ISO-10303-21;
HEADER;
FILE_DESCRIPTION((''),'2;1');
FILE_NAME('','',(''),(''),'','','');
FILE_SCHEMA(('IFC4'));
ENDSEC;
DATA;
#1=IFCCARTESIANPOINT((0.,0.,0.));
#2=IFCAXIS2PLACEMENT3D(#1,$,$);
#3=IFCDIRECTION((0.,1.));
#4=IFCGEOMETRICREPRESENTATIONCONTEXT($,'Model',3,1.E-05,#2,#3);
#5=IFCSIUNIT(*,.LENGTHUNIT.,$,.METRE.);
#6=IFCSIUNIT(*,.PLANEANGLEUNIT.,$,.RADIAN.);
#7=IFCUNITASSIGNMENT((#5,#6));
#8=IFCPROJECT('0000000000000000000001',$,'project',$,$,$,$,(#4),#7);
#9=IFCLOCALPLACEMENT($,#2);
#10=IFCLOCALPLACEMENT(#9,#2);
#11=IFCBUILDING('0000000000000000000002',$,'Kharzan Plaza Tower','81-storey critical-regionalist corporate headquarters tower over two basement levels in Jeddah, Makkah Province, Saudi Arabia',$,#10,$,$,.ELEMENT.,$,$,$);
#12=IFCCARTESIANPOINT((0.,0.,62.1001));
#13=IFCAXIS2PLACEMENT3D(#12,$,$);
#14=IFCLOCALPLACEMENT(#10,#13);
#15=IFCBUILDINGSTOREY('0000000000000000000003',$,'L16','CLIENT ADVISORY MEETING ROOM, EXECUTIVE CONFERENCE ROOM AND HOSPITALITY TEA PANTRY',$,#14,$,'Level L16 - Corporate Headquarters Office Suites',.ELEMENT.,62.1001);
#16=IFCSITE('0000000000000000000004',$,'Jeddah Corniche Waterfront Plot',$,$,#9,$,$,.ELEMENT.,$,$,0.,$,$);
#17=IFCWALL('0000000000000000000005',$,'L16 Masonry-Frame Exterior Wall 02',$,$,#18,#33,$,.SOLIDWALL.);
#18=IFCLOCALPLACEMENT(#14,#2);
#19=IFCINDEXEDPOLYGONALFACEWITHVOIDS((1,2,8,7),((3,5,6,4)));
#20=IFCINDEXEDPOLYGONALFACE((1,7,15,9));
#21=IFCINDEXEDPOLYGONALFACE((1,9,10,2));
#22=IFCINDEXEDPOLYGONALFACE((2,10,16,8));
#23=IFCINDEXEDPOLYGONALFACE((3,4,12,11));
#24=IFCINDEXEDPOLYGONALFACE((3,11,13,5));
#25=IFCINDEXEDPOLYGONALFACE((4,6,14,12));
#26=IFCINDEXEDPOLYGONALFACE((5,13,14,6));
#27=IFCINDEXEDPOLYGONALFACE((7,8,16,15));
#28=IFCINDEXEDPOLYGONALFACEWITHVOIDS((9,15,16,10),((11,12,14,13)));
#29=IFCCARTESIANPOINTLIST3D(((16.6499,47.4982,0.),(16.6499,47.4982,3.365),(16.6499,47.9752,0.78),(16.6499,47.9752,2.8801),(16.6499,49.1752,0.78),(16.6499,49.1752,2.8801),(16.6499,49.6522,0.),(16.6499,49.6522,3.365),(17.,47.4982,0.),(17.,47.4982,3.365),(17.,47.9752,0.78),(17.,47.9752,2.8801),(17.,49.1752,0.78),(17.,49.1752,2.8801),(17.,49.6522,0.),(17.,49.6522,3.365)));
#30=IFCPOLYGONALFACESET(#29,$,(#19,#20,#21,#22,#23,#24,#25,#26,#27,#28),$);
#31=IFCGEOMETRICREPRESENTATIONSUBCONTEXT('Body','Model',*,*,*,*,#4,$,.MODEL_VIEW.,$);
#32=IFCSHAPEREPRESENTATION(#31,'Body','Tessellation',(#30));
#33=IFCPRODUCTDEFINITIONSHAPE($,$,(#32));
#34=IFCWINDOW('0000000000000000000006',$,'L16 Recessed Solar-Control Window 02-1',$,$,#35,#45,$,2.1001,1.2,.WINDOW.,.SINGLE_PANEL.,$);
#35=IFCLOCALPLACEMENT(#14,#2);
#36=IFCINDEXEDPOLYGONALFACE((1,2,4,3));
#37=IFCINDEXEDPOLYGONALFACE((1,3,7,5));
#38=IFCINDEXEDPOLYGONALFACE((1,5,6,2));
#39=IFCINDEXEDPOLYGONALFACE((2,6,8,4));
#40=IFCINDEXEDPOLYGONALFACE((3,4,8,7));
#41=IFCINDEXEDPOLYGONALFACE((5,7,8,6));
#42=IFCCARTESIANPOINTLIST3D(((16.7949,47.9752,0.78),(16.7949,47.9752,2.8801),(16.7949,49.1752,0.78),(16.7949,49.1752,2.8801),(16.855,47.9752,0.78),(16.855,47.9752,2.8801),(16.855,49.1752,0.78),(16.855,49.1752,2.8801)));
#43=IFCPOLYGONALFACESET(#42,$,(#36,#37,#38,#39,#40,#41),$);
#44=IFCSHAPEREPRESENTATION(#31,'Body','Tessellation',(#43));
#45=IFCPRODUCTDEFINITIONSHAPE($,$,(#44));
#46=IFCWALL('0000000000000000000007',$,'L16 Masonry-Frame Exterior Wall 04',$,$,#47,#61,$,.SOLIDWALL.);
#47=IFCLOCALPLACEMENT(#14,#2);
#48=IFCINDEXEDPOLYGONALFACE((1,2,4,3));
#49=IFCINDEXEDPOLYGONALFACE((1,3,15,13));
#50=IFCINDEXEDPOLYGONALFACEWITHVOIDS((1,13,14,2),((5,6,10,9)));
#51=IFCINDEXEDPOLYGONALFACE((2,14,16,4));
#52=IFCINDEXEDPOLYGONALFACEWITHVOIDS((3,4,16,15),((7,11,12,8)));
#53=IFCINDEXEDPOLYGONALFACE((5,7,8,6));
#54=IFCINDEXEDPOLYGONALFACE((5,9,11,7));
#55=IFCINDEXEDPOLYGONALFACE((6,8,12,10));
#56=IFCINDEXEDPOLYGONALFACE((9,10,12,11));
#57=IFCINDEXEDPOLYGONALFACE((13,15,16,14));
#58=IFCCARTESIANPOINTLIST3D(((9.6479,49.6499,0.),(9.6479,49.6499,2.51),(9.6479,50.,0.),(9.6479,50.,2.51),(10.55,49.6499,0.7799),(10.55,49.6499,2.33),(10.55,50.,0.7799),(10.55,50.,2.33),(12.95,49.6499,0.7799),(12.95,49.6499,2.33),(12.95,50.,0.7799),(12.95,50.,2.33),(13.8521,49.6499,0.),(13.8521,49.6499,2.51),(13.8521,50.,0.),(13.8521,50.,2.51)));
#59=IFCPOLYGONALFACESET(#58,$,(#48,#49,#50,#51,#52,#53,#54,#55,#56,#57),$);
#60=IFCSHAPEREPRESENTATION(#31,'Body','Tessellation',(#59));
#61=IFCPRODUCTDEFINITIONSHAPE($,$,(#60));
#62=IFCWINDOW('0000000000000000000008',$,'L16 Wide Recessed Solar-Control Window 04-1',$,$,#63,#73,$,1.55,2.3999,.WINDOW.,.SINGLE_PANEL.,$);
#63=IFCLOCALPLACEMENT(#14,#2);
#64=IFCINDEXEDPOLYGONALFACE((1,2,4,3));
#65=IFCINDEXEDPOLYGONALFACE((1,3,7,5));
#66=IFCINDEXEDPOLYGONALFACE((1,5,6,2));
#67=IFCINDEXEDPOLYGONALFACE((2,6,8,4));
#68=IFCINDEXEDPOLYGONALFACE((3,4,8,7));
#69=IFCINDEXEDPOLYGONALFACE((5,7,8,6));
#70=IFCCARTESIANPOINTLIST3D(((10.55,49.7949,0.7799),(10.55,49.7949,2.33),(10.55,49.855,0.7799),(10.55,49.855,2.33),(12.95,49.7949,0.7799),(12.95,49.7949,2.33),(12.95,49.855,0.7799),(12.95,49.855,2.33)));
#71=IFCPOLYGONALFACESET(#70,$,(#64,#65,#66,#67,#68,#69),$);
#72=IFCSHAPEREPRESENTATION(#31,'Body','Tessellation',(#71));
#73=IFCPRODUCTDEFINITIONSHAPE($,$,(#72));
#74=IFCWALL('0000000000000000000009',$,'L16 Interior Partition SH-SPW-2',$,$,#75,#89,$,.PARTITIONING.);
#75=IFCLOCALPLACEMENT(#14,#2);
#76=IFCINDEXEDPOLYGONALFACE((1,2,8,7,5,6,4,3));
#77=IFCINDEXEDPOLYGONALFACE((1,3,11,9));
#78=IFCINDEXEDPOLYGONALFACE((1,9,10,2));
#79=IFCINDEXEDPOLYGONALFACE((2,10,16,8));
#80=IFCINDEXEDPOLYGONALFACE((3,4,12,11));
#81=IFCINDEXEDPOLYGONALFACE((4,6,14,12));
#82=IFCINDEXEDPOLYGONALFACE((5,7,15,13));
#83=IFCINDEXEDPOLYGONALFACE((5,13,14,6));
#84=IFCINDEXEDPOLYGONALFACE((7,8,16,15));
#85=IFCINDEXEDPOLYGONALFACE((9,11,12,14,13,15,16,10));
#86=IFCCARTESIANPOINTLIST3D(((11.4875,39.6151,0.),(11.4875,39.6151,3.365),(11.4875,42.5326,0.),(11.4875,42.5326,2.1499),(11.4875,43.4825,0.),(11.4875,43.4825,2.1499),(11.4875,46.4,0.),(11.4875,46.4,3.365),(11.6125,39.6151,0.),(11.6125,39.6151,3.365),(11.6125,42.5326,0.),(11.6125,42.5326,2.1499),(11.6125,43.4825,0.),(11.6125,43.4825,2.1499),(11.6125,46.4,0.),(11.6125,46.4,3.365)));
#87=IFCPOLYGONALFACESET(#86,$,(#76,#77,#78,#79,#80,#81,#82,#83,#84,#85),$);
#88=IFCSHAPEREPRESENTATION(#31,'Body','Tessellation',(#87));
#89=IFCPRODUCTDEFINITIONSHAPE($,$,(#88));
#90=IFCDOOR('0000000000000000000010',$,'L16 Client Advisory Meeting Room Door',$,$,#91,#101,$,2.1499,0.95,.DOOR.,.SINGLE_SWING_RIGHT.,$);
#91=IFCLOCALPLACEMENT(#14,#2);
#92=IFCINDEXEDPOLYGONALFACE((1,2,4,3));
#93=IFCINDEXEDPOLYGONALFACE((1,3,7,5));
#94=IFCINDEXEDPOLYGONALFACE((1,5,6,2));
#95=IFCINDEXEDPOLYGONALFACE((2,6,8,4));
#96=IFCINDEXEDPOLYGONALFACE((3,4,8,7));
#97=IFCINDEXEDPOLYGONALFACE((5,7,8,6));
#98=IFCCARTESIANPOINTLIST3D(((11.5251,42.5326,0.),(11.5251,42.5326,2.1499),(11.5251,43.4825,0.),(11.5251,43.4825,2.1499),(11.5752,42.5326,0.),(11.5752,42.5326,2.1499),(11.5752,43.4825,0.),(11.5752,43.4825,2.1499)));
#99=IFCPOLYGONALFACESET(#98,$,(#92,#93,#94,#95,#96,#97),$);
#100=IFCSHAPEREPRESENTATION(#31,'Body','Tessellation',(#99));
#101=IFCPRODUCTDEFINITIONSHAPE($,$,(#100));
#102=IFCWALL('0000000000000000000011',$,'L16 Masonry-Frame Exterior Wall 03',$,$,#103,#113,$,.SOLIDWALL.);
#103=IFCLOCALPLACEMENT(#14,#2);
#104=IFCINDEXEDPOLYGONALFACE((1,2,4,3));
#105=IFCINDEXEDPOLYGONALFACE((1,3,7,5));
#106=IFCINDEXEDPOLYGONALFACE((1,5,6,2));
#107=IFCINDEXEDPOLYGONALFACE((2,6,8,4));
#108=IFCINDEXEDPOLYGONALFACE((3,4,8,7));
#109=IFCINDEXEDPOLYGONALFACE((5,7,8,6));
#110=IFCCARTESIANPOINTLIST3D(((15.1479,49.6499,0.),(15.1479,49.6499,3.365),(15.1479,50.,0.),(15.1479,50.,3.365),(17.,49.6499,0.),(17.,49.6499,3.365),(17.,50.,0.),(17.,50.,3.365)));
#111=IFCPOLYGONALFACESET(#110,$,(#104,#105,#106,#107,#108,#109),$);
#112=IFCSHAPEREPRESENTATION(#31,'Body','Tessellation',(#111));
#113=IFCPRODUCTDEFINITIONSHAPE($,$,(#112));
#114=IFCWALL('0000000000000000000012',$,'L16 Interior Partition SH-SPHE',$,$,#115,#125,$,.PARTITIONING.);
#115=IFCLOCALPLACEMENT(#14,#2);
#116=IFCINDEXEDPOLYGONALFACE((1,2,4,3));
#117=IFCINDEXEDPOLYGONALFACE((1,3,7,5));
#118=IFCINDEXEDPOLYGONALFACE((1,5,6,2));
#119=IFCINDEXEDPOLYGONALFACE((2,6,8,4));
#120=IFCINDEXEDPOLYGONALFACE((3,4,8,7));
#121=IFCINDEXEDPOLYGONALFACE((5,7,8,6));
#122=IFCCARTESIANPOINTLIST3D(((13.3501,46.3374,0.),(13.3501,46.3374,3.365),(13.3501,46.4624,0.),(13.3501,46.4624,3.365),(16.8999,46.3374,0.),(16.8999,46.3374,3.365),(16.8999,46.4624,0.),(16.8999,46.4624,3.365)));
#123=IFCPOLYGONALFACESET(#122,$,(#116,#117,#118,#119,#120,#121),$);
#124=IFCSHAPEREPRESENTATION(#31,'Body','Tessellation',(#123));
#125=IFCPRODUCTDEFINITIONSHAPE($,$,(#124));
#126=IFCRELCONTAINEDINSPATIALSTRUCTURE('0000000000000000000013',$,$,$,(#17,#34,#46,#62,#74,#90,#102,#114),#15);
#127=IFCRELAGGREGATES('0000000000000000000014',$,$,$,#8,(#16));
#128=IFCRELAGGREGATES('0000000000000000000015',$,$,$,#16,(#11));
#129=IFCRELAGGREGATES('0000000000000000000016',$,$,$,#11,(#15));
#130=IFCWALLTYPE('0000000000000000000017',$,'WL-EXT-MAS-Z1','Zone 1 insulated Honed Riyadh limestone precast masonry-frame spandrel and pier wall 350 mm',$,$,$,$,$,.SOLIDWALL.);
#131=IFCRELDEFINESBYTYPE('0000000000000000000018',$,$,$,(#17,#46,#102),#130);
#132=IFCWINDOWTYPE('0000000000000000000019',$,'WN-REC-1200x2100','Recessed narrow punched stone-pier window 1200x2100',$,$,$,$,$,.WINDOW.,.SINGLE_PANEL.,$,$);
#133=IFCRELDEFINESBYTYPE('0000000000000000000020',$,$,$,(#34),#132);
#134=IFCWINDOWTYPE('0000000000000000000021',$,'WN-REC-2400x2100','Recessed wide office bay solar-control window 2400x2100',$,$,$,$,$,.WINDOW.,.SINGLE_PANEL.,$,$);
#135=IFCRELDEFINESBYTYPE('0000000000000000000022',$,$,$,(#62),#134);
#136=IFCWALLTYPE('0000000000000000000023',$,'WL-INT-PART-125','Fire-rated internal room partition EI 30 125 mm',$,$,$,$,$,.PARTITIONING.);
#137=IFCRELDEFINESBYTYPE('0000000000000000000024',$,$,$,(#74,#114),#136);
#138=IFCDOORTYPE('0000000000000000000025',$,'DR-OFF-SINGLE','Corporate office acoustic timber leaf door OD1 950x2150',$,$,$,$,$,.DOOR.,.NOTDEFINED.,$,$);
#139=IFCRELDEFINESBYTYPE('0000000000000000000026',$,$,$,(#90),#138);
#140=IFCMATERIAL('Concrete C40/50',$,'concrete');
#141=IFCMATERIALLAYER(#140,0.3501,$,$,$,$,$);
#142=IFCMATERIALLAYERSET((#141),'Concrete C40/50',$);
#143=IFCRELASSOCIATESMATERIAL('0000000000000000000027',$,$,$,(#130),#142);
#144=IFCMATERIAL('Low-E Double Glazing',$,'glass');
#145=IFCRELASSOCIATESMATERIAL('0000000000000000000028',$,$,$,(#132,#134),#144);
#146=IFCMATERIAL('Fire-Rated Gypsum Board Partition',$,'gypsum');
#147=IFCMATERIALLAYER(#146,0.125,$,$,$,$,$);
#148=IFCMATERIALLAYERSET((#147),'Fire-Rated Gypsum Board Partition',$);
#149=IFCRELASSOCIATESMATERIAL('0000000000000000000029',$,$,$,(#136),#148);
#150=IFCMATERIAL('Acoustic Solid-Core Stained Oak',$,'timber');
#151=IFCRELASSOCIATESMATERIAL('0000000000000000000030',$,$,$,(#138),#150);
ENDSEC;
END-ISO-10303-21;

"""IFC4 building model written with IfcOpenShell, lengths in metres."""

from ifc_helpers import new_model, si_unit, direction, frame, frame_2d, origin, place, context, subcontext, project, spatial, rectangle, extrude, source, transform, mapped, material, layer, layer_set, type_object, element, fill, save


model = new_model("IFC4")

# Units and contexts
model_context = context("Model", 3, precision=1e-05, world=origin(), true_north=direction((0.0, 1.0)))
body_context = subcontext(model_context, "Body", "Model", "MODEL_VIEW")
ifc_project = project(units=[si_unit("LENGTHUNIT", "METRE"), si_unit("PLANEANGLEUNIT", "RADIAN")], contexts=[model_context])

# Site, building, storey
site_placement = place(None, origin())
site = spatial("IfcSite", under=ifc_project, at=site_placement, Name="Jeddah Corniche Waterfront Plot", CompositionType="ELEMENT", RefElevation=0.0)
building_placement = place(site_placement, origin())
building = spatial("IfcBuilding", under=site, at=building_placement, Name="Kharzan Plaza Tower", Description="81-storey critical-regionalist corporate headquarters tower over two basement levels in Jeddah, Makkah Province, Saudi Arabia", CompositionType="ELEMENT")
storey_placement = place(building_placement, frame((0.0, 0.0, 62.1001)))
storey = spatial("IfcBuildingStorey", under=building, at=storey_placement, Name="L16", Description="CLIENT ADVISORY MEETING ROOM, EXECUTIVE CONFERENCE ROOM AND HOSPITALITY TEA PANTRY", LongName="Level L16 - Corporate Headquarters Office Suites", CompositionType="ELEMENT", Elevation=62.1001)

# Walls, openings, windows
ifc_material_1 = material(Name="Concrete C40/50", Category="concrete")
ifc_layer_1 = layer(ifc_material_1, 0.3501)
ifc_layer_set_1 = layer_set([ifc_layer_1], Name="Concrete C40/50")
wall_type_1 = type_object("IfcWallType", Name="WL-EXT-MAS-Z1", Description="Zone 1 insulated Honed Riyadh limestone precast masonry-frame spandrel and pier wall 350 mm", PredefinedType="SOLIDWALL", material=ifc_layer_set_1)
wall_1_placement = place(storey_placement, frame((16.825, 47.498, 0.0), z_axis=(0.0, 0.0, 1.0), x_axis=(0.0, 1.0, 0.0)))
wall_1 = element("IfcWall", 1, at=wall_1_placement, inside=storey, type_object=wall_type_1, Name="L16 Masonry-Frame Exterior Wall 02", PredefinedType="SOLIDWALL", context=body_context, shape_type="SweptSolid", body=[
    extrude(rectangle(XDim=2.1541, YDim=0.3501, at=frame_2d((1.0771, 0.0))), origin(), (0.0, 0.0, 1.0), 3.365),
])
opening_1_placement = place(wall_1_placement, frame((0.4771, 0.0, 0.78)))
opening_1 = element("IfcOpeningElement", 2, at=opening_1_placement, cuts=wall_1, PredefinedType="OPENING", context=body_context, shape_type="SweptSolid", body=[
    extrude(rectangle(XDim=1.2, YDim=2.1001, at=frame_2d((0.6001, 1.05))), frame((0.0, 0.1851, 0.0), z_axis=(0.0, -1.0, 0.0), x_axis=(1.0, 0.0, 0.0)), (0.0, 0.0, 1.0), 0.3701),
])
ifc_material_2 = material(Name="Low-E Double Glazing", Category="glass")
window_type_1 = type_object("IfcWindowType", Name="WN-REC-1200x2100", Description="Recessed narrow punched stone-pier window 1200x2100", PartitioningType="SINGLE_PANEL", PredefinedType="WINDOW", material=ifc_material_2)
shared_shape_1 = source(origin(), body_context, "Body", "SweptSolid", [
    extrude(rectangle(XDim=1.2, YDim=2.1001, at=frame_2d((0.6001, 1.05))), frame((0.0, 0.03, 0.0), z_axis=(0.0, -1.0, 0.0), x_axis=(1.0, 0.0, 0.0)), (0.0, 0.0, 1.0), 0.0601),
])
window_1_placement = place(opening_1_placement, origin())
window_1 = element("IfcWindow", 3, at=window_1_placement, inside=storey, type_object=window_type_1, Name="L16 Recessed Solar-Control Window 02-1", OverallHeight=2.1001, OverallWidth=1.2, PartitioningType="SINGLE_PANEL", PredefinedType="WINDOW", context=body_context, shape_type="MappedRepresentation", body=[
    mapped(shared_shape_1, transform((0.0, 0.0, 0.0), x_axis=(1.0, 0.0, 0.0), y_axis=(0.0, 1.0, 0.0), z_axis=(0.0, 0.0, 1.0))),
])
fill(opening_1, window_1)
wall_2_placement = place(storey_placement, frame((13.8521, 49.825, 0.0), z_axis=(0.0, 0.0, 1.0), x_axis=(-1.0, 0.0, 0.0)))
wall_2 = element("IfcWall", 4, at=wall_2_placement, inside=storey, type_object=wall_type_1, Name="L16 Masonry-Frame Exterior Wall 04", PredefinedType="SOLIDWALL", context=body_context, shape_type="SweptSolid", body=[
    extrude(rectangle(XDim=4.2041, YDim=0.3501, at=frame_2d((2.1021, 0.0))), origin(), (0.0, 0.0, 1.0), 2.51),
])
opening_2_placement = place(wall_2_placement, frame((0.9021, 0.0, 0.78)))
opening_2 = element("IfcOpeningElement", 5, at=opening_2_placement, cuts=wall_2, PredefinedType="OPENING", context=body_context, shape_type="SweptSolid", body=[
    extrude(rectangle(XDim=2.3999, YDim=1.55, at=frame_2d((1.2, 0.7749))), frame((0.0, 0.1851, 0.0), z_axis=(0.0, -1.0, 0.0), x_axis=(1.0, 0.0, 0.0)), (0.0, 0.0, 1.0), 0.3701),
])
window_type_2 = type_object("IfcWindowType", Name="WN-REC-2400x2100", Description="Recessed wide office bay solar-control window 2400x2100", PartitioningType="SINGLE_PANEL", PredefinedType="WINDOW", material=ifc_material_2)
shared_shape_2 = source(origin(), body_context, "Body", "SweptSolid", [
    extrude(rectangle(XDim=2.3999, YDim=1.55, at=frame_2d((1.2, 0.7749))), frame((0.0, 0.03, 0.0), z_axis=(0.0, -1.0, 0.0), x_axis=(1.0, 0.0, 0.0)), (0.0, 0.0, 1.0), 0.0601),
])
window_2_placement = place(opening_2_placement, origin())
window_2 = element("IfcWindow", 6, at=window_2_placement, inside=storey, type_object=window_type_2, Name="L16 Wide Recessed Solar-Control Window 04-1", OverallHeight=1.55, OverallWidth=2.3999, PartitioningType="SINGLE_PANEL", PredefinedType="WINDOW", context=body_context, shape_type="MappedRepresentation", body=[
    mapped(shared_shape_2, transform((0.0, 0.0, 0.0), x_axis=(1.0, 0.0, 0.0), y_axis=(0.0, 1.0, 0.0), z_axis=(0.0, 0.0, 1.0))),
])
fill(opening_2, window_2)

# Wall, opening, door
ifc_material_3 = material(Name="Fire-Rated Gypsum Board Partition", Category="gypsum")
ifc_layer_2 = layer(ifc_material_3, 0.125)
ifc_layer_set_2 = layer_set([ifc_layer_2], Name="Fire-Rated Gypsum Board Partition")
wall_type_2 = type_object("IfcWallType", Name="WL-INT-PART-125", Description="Fire-rated internal room partition EI 30 125 mm", PredefinedType="PARTITIONING", material=ifc_layer_set_2)
ifc_material_4 = material(Name="Acoustic Solid-Core Stained Oak", Category="timber")
door_type = type_object("IfcDoorType", Name="DR-OFF-SINGLE", Description="Corporate office acoustic timber leaf door OD1 950x2150", OperationType="NOTDEFINED", PredefinedType="DOOR", material=ifc_material_4)
shared_shape_3 = source(origin(), body_context, "Body", "SweptSolid", [
    extrude(rectangle(XDim=0.95, YDim=2.1499, at=frame_2d((0.4751, 1.075))), frame((0.0, 0.0249, 0.0), z_axis=(0.0, -1.0, 0.0), x_axis=(1.0, 0.0, 0.0)), (0.0, 0.0, 1.0), 0.05),
])
wall_3_placement = place(storey_placement, frame((11.55, 39.615, 0.0), z_axis=(0.0, 0.0, 1.0), x_axis=(0.0, 1.0, 0.0)))
wall_3 = element("IfcWall", 7, at=wall_3_placement, inside=storey, type_object=wall_type_2, Name="L16 Interior Partition SH-SPW-2", PredefinedType="PARTITIONING", context=body_context, shape_type="SweptSolid", body=[
    extrude(rectangle(XDim=6.7849, YDim=0.125, at=frame_2d((3.3926, 0.0))), origin(), (0.0, 0.0, 1.0), 3.365),
])
opening_3_placement = place(wall_3_placement, frame((2.9175, 0.0, 0.0)))
opening_3 = element("IfcOpeningElement", 8, at=opening_3_placement, cuts=wall_3, PredefinedType="OPENING", context=body_context, shape_type="SweptSolid", body=[
    extrude(rectangle(XDim=0.95, YDim=2.1499, at=frame_2d((0.4751, 1.075))), frame((0.0, 0.0725, 0.0), z_axis=(0.0, -1.0, 0.0), x_axis=(1.0, 0.0, 0.0)), (0.0, 0.0, 1.0), 0.145),
])
door_1_placement = place(opening_3_placement, origin())
door_1 = element("IfcDoor", 9, at=door_1_placement, inside=storey, type_object=door_type, Name="L16 Client Advisory Meeting Room Door", OperationType="SINGLE_SWING_RIGHT", OverallHeight=2.1499, OverallWidth=0.95, PredefinedType="DOOR", context=body_context, shape_type="MappedRepresentation", body=[
    mapped(shared_shape_3, transform((0.0, 0.0, 0.0), x_axis=(1.0, 0.0, 0.0), y_axis=(0.0, 1.0, 0.0), z_axis=(0.0, 0.0, 1.0))),
])
fill(opening_3, door_1)

# Walls
shared_shape_4 = source(origin(), body_context, "Body", "SweptSolid", [
    extrude(rectangle(XDim=1.8521, YDim=0.3501, at=frame_2d((0.926, 0.0))), origin(), (0.0, 0.0, 1.0), 3.365),
])
wall_4_placement = place(storey_placement, frame((17.0, 49.825, 0.0), z_axis=(0.0, 0.0, 1.0), x_axis=(-1.0, 0.0, 0.0)))
element("IfcWall", 10, at=wall_4_placement, inside=storey, type_object=wall_type_1, Name="L16 Masonry-Frame Exterior Wall 03", PredefinedType="SOLIDWALL", context=body_context, shape_type="MappedRepresentation", body=[
    mapped(shared_shape_4, transform((0.0, 0.0, 0.0), x_axis=(1.0, 0.0, 0.0), y_axis=(0.0, 1.0, 0.0), z_axis=(0.0, 0.0, 1.0))),
])
shared_shape_5 = source(origin(), body_context, "Body", "SweptSolid", [
    extrude(rectangle(XDim=3.5498, YDim=0.125, at=frame_2d((1.7749, 0.0))), origin(), (0.0, 0.0, 1.0), 3.365),
])
wall_5_placement = place(storey_placement, frame((13.3501, 46.3999, 0.0), z_axis=(0.0, 0.0, 1.0), x_axis=(1.0, 0.0, 0.0)))
element("IfcWall", 11, at=wall_5_placement, inside=storey, type_object=wall_type_2, Name="L16 Interior Partition SH-SPHE", PredefinedType="PARTITIONING", context=body_context, shape_type="MappedRepresentation", body=[
    mapped(shared_shape_5, transform((0.0, 0.0, 0.0), x_axis=(1.0, 0.0, 0.0), y_axis=(0.0, 1.0, 0.0), z_axis=(0.0, 0.0, 1.0))),
])

save(model, "model.ifc")
